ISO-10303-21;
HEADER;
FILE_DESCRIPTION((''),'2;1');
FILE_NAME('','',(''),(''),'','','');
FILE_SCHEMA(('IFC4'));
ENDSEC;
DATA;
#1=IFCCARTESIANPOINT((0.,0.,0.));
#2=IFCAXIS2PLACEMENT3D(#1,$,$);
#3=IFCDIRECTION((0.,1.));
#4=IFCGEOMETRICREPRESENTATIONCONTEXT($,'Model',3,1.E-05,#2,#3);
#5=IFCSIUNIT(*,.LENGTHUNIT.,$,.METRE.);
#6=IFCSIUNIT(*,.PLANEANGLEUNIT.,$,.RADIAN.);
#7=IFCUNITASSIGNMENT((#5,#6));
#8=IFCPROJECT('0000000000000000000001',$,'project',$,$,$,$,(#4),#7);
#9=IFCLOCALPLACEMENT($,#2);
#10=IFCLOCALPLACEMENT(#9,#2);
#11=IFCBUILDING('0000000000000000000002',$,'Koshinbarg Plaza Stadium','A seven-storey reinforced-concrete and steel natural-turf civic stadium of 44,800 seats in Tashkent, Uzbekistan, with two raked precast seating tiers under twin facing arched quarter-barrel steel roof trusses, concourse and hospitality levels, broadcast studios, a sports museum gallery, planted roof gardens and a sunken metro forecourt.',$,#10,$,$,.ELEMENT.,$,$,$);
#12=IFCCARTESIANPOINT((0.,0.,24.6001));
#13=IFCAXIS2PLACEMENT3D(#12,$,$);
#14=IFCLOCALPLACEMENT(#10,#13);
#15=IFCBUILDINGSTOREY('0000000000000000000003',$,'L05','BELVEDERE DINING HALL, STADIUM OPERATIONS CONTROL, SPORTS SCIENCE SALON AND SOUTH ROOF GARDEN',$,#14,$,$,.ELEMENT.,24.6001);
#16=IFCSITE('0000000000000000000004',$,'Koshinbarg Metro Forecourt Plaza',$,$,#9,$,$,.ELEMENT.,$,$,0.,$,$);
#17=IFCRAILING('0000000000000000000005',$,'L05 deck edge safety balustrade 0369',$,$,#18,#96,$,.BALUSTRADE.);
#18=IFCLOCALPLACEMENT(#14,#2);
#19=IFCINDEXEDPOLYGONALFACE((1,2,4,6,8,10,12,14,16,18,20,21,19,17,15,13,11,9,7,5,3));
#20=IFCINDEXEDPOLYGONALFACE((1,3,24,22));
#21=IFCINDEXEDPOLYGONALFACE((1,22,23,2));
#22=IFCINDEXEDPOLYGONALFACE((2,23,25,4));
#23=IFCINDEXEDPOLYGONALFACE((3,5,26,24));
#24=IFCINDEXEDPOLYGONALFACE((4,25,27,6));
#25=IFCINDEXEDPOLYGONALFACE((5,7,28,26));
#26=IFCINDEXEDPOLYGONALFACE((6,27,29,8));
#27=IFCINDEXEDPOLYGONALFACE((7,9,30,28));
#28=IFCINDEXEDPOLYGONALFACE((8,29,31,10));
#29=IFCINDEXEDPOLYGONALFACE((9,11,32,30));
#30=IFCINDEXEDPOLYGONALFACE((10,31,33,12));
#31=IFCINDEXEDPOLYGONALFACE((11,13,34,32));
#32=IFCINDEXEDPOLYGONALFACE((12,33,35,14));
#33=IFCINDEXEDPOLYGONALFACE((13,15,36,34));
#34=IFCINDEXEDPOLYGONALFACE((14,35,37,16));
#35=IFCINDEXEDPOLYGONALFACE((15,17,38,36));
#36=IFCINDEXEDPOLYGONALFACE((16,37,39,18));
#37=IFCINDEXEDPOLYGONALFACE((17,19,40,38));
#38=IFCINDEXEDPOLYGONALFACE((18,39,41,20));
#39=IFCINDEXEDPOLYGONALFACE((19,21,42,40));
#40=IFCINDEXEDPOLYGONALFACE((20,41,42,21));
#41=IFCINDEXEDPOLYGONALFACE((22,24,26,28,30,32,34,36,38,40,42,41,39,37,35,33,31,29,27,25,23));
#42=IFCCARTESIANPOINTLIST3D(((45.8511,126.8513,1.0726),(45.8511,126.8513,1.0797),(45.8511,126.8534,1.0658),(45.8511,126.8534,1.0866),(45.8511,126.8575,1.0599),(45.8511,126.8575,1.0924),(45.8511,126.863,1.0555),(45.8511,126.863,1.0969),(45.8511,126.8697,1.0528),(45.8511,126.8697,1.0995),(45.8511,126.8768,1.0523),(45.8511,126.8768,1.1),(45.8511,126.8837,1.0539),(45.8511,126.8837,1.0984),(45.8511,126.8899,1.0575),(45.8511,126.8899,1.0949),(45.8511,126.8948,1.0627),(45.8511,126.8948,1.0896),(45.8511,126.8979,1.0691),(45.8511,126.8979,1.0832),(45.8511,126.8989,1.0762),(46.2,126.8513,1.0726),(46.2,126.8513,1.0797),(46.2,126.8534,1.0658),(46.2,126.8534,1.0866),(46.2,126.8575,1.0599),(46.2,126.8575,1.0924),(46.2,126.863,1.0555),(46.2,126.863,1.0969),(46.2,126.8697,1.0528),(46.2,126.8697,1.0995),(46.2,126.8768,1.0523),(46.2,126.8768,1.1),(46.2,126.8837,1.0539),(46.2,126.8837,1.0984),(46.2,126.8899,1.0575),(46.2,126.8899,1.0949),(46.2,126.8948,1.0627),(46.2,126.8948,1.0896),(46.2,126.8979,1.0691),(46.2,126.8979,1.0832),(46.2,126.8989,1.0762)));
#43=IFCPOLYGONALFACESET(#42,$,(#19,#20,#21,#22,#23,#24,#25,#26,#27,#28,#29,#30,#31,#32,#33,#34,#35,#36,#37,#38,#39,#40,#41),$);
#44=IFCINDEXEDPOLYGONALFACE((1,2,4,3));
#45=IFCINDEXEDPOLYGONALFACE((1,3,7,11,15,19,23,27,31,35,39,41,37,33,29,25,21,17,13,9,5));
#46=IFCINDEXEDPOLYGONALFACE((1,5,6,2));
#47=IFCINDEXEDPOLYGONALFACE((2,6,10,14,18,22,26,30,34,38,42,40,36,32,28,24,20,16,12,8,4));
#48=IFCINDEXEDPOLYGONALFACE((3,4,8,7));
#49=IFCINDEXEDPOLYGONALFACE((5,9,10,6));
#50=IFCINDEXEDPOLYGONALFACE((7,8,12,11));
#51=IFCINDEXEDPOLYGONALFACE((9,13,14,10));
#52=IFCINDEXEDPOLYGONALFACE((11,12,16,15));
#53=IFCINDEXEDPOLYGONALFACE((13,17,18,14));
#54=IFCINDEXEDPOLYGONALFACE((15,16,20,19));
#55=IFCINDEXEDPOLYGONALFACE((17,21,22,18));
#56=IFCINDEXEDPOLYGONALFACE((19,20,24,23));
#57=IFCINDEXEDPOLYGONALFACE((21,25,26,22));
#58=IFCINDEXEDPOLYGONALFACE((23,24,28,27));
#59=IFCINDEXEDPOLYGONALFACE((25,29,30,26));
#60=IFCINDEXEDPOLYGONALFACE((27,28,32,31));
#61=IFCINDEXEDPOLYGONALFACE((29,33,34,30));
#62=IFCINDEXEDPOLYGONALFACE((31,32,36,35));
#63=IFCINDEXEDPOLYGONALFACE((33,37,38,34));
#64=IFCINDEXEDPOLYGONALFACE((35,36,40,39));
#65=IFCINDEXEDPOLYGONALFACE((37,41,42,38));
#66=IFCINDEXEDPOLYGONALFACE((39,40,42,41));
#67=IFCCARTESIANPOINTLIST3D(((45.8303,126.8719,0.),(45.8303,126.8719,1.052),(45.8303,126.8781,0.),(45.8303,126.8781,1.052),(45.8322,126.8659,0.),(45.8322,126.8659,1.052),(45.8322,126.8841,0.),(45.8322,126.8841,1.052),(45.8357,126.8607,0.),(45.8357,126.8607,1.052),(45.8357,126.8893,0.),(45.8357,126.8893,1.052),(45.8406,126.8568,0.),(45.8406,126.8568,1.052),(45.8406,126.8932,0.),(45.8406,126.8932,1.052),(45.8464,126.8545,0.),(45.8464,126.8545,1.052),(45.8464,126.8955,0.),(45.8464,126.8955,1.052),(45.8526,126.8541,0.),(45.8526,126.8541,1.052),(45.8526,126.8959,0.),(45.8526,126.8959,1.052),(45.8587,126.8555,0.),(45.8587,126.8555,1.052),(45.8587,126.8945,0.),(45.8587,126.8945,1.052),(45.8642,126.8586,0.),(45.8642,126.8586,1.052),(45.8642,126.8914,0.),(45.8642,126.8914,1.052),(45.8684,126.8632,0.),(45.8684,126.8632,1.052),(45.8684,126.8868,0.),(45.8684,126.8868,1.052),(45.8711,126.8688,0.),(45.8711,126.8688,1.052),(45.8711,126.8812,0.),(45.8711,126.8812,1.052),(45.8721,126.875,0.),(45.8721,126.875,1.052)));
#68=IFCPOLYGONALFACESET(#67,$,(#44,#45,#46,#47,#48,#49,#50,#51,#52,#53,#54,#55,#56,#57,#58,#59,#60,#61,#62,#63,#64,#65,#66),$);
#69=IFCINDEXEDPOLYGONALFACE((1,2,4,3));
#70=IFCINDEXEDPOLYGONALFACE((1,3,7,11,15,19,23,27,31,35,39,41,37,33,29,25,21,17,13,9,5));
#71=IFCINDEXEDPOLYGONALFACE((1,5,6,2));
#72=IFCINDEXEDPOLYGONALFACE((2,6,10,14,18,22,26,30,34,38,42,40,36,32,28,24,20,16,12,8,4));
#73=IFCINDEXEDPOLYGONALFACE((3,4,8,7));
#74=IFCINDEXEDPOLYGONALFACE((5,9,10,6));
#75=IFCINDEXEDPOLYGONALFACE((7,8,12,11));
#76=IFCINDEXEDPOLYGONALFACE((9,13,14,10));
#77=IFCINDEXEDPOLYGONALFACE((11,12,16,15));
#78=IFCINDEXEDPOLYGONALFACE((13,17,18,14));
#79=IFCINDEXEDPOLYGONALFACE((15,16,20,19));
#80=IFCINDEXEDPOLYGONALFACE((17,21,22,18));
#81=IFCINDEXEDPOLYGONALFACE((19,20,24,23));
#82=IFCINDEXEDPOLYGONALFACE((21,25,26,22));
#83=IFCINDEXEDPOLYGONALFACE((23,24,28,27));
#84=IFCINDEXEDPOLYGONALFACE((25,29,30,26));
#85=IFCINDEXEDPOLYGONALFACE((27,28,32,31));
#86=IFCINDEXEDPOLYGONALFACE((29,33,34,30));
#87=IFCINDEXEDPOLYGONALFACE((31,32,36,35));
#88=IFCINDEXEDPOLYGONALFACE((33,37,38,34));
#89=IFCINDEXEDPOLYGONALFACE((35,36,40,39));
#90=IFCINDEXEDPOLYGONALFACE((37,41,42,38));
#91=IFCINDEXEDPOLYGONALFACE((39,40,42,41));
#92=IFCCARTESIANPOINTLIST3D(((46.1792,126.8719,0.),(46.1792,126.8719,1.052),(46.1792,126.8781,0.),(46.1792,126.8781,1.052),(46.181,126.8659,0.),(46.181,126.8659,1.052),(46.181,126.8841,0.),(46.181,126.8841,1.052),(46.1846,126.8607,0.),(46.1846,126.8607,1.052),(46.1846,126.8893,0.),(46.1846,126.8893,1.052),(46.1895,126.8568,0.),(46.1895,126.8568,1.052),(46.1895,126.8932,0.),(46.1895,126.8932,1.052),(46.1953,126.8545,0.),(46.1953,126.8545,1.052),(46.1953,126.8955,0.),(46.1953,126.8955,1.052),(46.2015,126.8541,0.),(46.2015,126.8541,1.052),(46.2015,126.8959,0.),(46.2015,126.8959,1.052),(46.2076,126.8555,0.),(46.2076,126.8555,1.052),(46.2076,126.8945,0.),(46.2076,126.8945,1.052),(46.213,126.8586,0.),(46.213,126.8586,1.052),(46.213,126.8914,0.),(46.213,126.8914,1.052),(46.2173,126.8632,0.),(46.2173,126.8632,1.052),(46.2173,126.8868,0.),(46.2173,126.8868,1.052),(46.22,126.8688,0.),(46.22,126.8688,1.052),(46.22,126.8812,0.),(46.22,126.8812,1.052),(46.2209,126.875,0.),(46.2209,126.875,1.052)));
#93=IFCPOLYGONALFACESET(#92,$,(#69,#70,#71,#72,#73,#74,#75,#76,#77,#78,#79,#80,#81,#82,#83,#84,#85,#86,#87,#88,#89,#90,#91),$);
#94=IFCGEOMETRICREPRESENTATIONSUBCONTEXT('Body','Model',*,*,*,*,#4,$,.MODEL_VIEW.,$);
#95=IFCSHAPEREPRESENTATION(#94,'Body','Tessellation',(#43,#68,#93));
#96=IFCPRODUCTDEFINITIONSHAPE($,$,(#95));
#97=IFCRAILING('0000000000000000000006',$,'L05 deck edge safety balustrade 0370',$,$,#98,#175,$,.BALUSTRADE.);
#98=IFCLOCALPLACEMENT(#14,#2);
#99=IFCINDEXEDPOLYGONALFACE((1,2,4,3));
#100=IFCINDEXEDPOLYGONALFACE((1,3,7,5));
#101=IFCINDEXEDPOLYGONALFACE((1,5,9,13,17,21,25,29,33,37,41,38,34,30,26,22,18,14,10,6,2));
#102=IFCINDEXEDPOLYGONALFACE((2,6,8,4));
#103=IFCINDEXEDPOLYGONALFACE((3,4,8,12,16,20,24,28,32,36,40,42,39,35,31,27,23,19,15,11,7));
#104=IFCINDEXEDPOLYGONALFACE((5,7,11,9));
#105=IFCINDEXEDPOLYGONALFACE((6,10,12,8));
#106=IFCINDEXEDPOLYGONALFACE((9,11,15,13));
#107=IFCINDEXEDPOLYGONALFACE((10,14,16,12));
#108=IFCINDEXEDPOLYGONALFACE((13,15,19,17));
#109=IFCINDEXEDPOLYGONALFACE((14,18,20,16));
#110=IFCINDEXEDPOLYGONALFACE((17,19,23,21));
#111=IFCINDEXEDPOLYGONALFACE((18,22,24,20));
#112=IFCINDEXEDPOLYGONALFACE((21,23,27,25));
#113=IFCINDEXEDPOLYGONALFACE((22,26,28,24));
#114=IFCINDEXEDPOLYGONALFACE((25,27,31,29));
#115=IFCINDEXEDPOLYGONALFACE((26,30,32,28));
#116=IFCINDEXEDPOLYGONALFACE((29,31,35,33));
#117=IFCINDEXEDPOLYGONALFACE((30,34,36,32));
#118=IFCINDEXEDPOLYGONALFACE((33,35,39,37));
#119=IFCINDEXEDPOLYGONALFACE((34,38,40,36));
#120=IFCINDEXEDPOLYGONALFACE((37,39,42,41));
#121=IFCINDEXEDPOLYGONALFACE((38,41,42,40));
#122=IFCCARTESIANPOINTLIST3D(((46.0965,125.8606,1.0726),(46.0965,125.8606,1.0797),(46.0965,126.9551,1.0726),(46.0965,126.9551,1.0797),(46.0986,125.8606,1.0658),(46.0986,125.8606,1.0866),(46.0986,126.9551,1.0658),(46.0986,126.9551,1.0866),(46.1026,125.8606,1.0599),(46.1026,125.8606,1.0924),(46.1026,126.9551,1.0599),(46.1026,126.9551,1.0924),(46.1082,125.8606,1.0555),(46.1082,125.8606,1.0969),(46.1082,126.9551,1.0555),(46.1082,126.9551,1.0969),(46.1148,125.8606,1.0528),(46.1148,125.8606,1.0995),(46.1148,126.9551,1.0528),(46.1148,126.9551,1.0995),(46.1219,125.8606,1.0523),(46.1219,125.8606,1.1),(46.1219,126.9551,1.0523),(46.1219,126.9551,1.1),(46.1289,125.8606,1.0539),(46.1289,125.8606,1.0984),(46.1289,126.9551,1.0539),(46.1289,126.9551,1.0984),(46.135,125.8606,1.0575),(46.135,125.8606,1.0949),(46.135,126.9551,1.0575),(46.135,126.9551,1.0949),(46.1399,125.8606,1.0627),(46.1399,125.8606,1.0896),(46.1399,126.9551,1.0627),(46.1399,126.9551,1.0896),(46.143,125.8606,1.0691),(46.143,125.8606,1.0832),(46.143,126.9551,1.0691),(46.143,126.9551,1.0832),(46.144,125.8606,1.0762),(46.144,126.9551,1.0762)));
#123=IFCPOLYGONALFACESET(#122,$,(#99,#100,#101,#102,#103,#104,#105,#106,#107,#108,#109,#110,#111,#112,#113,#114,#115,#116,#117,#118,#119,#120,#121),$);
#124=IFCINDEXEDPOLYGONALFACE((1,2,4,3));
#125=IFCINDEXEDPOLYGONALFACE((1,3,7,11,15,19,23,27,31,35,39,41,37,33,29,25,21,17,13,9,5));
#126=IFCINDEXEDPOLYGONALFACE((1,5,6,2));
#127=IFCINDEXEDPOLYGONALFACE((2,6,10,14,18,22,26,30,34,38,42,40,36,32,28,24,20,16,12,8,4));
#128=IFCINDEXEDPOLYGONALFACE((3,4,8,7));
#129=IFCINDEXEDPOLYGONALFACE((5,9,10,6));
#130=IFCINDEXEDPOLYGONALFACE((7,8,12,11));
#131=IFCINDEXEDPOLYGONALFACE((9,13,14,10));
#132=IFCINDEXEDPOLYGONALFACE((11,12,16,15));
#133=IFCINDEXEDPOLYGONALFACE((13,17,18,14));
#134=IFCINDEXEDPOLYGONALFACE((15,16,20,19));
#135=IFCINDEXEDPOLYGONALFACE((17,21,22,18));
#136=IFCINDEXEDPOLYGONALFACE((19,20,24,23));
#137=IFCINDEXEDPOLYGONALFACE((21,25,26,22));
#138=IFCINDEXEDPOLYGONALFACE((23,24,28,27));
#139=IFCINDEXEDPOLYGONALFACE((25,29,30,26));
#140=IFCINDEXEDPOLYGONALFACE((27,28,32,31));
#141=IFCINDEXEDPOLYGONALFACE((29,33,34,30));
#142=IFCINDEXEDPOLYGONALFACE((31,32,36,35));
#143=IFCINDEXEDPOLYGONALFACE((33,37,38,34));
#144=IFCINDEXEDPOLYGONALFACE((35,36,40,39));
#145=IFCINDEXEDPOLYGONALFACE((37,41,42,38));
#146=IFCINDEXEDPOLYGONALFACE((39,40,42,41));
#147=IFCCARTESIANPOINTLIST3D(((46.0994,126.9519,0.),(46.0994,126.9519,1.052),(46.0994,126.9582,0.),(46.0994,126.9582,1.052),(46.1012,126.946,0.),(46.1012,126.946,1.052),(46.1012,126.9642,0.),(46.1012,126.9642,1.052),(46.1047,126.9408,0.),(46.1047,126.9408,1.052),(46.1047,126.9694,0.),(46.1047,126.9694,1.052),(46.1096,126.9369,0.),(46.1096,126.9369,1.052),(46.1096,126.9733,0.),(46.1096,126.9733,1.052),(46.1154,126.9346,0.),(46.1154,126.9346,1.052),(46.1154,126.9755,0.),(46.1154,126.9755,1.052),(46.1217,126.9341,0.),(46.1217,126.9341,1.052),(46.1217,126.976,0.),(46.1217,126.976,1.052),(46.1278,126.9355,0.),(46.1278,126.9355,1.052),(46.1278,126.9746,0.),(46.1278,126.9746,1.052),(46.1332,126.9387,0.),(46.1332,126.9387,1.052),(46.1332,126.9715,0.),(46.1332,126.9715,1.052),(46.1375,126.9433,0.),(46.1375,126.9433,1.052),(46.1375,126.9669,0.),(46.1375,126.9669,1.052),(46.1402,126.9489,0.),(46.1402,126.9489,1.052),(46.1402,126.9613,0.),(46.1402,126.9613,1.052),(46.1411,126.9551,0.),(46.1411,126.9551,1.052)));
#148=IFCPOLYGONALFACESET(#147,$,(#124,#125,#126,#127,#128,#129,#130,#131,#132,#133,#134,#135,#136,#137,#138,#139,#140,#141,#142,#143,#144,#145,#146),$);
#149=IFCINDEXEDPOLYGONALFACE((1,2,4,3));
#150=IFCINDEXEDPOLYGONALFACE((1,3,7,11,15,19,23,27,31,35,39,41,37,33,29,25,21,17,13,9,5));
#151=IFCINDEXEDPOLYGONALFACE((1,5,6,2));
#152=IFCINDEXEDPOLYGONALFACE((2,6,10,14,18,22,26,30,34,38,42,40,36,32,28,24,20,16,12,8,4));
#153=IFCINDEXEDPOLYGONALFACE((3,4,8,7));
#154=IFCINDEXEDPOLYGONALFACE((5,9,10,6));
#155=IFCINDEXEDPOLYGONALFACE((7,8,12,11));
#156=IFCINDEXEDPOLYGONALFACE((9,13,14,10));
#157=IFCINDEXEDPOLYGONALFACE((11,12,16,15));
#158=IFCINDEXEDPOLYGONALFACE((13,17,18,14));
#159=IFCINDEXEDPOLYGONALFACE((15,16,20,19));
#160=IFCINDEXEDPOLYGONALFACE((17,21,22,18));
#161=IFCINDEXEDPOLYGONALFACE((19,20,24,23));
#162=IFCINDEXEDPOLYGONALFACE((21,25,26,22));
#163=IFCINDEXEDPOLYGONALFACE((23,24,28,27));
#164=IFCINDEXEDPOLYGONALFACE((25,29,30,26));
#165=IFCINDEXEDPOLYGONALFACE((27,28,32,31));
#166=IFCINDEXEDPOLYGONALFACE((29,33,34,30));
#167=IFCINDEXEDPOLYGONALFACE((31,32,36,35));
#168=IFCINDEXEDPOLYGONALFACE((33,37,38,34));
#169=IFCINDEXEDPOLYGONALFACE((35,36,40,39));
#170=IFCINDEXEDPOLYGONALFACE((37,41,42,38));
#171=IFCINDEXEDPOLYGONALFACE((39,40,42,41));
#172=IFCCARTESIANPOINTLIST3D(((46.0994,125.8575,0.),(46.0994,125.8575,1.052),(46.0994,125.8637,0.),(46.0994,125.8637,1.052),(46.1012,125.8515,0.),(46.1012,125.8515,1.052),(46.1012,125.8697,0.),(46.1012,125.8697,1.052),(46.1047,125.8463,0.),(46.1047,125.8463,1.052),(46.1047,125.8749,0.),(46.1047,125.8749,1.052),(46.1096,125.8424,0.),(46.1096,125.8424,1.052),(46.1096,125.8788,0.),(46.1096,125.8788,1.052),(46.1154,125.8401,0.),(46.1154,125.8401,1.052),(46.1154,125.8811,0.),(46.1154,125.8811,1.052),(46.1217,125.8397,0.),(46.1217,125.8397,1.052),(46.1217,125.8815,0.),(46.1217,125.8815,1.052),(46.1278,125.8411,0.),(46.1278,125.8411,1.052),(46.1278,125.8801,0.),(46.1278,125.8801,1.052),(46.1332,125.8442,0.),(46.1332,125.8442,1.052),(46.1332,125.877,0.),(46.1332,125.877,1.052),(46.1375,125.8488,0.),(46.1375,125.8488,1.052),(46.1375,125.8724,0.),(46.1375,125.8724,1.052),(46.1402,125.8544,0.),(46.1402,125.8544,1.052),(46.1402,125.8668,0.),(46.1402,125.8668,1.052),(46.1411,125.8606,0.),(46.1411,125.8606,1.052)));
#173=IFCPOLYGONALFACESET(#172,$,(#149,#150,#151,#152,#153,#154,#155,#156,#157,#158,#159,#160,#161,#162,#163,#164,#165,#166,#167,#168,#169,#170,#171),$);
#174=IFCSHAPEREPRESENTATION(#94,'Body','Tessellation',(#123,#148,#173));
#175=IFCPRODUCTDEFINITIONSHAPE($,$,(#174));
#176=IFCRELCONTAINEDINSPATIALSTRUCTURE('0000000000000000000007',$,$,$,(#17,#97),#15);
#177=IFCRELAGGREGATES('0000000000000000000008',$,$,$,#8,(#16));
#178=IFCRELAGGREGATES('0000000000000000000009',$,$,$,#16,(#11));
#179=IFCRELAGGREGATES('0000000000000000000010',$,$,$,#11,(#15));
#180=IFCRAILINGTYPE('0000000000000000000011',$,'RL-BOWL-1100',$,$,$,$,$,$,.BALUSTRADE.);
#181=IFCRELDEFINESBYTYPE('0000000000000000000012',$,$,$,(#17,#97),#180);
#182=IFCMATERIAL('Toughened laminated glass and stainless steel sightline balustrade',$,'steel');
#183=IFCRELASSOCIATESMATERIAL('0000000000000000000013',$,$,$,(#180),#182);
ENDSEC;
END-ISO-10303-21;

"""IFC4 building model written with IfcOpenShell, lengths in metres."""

from ifc_helpers import new_model, si_unit, direction, frame, origin, origin_2d, place, context, subcontext, project, spatial, circle, extrude, material, type_object, element, save


model = new_model("IFC4")

# Units and contexts
model_context = context("Model", 3, precision=1e-05, world=origin(), true_north=direction((0.0, 1.0)))
body_context = subcontext(model_context, "Body", "Model", "MODEL_VIEW")
ifc_project = project(units=[si_unit("LENGTHUNIT", "METRE"), si_unit("PLANEANGLEUNIT", "RADIAN")], contexts=[model_context])

# Site, building, storey
site_placement = place(None, origin())
site = spatial("IfcSite", under=ifc_project, at=site_placement, Name="Koshinbarg Metro Forecourt Plaza", CompositionType="ELEMENT", RefElevation=0.0)
building_placement = place(site_placement, origin())
building = spatial("IfcBuilding", under=site, at=building_placement, Name="Koshinbarg Plaza Stadium", Description="A seven-storey reinforced-concrete and steel natural-turf civic stadium of 44,800 seats in Tashkent, Uzbekistan, with two raked precast seating tiers under twin facing arched quarter-barrel steel roof trusses, concourse and hospitality levels, broadcast studios, a sports museum gallery, planted roof gardens and a sunken metro forecourt.", CompositionType="ELEMENT")
storey_placement = place(building_placement, frame((0.0, 0.0, 24.6001)))
storey = spatial("IfcBuildingStorey", under=building, at=storey_placement, Name="L05", Description="BELVEDERE DINING HALL, STADIUM OPERATIONS CONTROL, SPORTS SCIENCE SALON AND SOUTH ROOF GARDEN", CompositionType="ELEMENT", Elevation=24.6001)

# Railings
ifc_material_1 = material(Name="Toughened laminated glass and stainless steel sightline balustrade", Category="steel")
railing_type = type_object("IfcRailingType", Name="RL-BOWL-1100", PredefinedType="BALUSTRADE", material=ifc_material_1)
railing_1_placement = place(storey_placement, frame((45.8511, 126.875, 0.0)))
element("IfcRailing", 1, at=railing_1_placement, inside=storey, type_object=railing_type, Name="L05 deck edge safety balustrade 0369", PredefinedType="BALUSTRADE", context=body_context, shape_type="SweptSolid", body=[
    extrude(circle(Radius=0.0239, at=origin_2d()), frame((0.0, 0.0, 1.0762), z_axis=(1.0, 0.0, 0.0), x_axis=(0.0, 1.0, 0.0)), (0.0, 0.0, 1.0), 0.3489),
    extrude(circle(Radius=0.021, at=origin_2d()), origin(), (0.0, 0.0, 1.0), 1.052),
    extrude(circle(Radius=0.021, at=origin_2d()), frame((0.3489, 0.0, 0.0)), (0.0, 0.0, 1.0), 1.052),
])
railing_2_placement = place(storey_placement, frame((46.1201, 126.9551, 0.0)))
element("IfcRailing", 2, at=railing_2_placement, inside=storey, type_object=railing_type, Name="L05 deck edge safety balustrade 0370", PredefinedType="BALUSTRADE", context=body_context, shape_type="SweptSolid", body=[
    extrude(circle(Radius=0.0239, at=origin_2d()), frame((0.0, 0.0, 1.0762), z_axis=(0.0, -1.0, 0.0), x_axis=(1.0, 0.0, 0.0)), (0.0, 0.0, 1.0), 1.0945),
    extrude(circle(Radius=0.021, at=origin_2d()), origin(), (0.0, 0.0, 1.0), 1.052),
    extrude(circle(Radius=0.021, at=origin_2d()), frame((0.0, -1.0945, 0.0)), (0.0, 0.0, 1.0), 1.052),
])

save(model, "model.ifc")
